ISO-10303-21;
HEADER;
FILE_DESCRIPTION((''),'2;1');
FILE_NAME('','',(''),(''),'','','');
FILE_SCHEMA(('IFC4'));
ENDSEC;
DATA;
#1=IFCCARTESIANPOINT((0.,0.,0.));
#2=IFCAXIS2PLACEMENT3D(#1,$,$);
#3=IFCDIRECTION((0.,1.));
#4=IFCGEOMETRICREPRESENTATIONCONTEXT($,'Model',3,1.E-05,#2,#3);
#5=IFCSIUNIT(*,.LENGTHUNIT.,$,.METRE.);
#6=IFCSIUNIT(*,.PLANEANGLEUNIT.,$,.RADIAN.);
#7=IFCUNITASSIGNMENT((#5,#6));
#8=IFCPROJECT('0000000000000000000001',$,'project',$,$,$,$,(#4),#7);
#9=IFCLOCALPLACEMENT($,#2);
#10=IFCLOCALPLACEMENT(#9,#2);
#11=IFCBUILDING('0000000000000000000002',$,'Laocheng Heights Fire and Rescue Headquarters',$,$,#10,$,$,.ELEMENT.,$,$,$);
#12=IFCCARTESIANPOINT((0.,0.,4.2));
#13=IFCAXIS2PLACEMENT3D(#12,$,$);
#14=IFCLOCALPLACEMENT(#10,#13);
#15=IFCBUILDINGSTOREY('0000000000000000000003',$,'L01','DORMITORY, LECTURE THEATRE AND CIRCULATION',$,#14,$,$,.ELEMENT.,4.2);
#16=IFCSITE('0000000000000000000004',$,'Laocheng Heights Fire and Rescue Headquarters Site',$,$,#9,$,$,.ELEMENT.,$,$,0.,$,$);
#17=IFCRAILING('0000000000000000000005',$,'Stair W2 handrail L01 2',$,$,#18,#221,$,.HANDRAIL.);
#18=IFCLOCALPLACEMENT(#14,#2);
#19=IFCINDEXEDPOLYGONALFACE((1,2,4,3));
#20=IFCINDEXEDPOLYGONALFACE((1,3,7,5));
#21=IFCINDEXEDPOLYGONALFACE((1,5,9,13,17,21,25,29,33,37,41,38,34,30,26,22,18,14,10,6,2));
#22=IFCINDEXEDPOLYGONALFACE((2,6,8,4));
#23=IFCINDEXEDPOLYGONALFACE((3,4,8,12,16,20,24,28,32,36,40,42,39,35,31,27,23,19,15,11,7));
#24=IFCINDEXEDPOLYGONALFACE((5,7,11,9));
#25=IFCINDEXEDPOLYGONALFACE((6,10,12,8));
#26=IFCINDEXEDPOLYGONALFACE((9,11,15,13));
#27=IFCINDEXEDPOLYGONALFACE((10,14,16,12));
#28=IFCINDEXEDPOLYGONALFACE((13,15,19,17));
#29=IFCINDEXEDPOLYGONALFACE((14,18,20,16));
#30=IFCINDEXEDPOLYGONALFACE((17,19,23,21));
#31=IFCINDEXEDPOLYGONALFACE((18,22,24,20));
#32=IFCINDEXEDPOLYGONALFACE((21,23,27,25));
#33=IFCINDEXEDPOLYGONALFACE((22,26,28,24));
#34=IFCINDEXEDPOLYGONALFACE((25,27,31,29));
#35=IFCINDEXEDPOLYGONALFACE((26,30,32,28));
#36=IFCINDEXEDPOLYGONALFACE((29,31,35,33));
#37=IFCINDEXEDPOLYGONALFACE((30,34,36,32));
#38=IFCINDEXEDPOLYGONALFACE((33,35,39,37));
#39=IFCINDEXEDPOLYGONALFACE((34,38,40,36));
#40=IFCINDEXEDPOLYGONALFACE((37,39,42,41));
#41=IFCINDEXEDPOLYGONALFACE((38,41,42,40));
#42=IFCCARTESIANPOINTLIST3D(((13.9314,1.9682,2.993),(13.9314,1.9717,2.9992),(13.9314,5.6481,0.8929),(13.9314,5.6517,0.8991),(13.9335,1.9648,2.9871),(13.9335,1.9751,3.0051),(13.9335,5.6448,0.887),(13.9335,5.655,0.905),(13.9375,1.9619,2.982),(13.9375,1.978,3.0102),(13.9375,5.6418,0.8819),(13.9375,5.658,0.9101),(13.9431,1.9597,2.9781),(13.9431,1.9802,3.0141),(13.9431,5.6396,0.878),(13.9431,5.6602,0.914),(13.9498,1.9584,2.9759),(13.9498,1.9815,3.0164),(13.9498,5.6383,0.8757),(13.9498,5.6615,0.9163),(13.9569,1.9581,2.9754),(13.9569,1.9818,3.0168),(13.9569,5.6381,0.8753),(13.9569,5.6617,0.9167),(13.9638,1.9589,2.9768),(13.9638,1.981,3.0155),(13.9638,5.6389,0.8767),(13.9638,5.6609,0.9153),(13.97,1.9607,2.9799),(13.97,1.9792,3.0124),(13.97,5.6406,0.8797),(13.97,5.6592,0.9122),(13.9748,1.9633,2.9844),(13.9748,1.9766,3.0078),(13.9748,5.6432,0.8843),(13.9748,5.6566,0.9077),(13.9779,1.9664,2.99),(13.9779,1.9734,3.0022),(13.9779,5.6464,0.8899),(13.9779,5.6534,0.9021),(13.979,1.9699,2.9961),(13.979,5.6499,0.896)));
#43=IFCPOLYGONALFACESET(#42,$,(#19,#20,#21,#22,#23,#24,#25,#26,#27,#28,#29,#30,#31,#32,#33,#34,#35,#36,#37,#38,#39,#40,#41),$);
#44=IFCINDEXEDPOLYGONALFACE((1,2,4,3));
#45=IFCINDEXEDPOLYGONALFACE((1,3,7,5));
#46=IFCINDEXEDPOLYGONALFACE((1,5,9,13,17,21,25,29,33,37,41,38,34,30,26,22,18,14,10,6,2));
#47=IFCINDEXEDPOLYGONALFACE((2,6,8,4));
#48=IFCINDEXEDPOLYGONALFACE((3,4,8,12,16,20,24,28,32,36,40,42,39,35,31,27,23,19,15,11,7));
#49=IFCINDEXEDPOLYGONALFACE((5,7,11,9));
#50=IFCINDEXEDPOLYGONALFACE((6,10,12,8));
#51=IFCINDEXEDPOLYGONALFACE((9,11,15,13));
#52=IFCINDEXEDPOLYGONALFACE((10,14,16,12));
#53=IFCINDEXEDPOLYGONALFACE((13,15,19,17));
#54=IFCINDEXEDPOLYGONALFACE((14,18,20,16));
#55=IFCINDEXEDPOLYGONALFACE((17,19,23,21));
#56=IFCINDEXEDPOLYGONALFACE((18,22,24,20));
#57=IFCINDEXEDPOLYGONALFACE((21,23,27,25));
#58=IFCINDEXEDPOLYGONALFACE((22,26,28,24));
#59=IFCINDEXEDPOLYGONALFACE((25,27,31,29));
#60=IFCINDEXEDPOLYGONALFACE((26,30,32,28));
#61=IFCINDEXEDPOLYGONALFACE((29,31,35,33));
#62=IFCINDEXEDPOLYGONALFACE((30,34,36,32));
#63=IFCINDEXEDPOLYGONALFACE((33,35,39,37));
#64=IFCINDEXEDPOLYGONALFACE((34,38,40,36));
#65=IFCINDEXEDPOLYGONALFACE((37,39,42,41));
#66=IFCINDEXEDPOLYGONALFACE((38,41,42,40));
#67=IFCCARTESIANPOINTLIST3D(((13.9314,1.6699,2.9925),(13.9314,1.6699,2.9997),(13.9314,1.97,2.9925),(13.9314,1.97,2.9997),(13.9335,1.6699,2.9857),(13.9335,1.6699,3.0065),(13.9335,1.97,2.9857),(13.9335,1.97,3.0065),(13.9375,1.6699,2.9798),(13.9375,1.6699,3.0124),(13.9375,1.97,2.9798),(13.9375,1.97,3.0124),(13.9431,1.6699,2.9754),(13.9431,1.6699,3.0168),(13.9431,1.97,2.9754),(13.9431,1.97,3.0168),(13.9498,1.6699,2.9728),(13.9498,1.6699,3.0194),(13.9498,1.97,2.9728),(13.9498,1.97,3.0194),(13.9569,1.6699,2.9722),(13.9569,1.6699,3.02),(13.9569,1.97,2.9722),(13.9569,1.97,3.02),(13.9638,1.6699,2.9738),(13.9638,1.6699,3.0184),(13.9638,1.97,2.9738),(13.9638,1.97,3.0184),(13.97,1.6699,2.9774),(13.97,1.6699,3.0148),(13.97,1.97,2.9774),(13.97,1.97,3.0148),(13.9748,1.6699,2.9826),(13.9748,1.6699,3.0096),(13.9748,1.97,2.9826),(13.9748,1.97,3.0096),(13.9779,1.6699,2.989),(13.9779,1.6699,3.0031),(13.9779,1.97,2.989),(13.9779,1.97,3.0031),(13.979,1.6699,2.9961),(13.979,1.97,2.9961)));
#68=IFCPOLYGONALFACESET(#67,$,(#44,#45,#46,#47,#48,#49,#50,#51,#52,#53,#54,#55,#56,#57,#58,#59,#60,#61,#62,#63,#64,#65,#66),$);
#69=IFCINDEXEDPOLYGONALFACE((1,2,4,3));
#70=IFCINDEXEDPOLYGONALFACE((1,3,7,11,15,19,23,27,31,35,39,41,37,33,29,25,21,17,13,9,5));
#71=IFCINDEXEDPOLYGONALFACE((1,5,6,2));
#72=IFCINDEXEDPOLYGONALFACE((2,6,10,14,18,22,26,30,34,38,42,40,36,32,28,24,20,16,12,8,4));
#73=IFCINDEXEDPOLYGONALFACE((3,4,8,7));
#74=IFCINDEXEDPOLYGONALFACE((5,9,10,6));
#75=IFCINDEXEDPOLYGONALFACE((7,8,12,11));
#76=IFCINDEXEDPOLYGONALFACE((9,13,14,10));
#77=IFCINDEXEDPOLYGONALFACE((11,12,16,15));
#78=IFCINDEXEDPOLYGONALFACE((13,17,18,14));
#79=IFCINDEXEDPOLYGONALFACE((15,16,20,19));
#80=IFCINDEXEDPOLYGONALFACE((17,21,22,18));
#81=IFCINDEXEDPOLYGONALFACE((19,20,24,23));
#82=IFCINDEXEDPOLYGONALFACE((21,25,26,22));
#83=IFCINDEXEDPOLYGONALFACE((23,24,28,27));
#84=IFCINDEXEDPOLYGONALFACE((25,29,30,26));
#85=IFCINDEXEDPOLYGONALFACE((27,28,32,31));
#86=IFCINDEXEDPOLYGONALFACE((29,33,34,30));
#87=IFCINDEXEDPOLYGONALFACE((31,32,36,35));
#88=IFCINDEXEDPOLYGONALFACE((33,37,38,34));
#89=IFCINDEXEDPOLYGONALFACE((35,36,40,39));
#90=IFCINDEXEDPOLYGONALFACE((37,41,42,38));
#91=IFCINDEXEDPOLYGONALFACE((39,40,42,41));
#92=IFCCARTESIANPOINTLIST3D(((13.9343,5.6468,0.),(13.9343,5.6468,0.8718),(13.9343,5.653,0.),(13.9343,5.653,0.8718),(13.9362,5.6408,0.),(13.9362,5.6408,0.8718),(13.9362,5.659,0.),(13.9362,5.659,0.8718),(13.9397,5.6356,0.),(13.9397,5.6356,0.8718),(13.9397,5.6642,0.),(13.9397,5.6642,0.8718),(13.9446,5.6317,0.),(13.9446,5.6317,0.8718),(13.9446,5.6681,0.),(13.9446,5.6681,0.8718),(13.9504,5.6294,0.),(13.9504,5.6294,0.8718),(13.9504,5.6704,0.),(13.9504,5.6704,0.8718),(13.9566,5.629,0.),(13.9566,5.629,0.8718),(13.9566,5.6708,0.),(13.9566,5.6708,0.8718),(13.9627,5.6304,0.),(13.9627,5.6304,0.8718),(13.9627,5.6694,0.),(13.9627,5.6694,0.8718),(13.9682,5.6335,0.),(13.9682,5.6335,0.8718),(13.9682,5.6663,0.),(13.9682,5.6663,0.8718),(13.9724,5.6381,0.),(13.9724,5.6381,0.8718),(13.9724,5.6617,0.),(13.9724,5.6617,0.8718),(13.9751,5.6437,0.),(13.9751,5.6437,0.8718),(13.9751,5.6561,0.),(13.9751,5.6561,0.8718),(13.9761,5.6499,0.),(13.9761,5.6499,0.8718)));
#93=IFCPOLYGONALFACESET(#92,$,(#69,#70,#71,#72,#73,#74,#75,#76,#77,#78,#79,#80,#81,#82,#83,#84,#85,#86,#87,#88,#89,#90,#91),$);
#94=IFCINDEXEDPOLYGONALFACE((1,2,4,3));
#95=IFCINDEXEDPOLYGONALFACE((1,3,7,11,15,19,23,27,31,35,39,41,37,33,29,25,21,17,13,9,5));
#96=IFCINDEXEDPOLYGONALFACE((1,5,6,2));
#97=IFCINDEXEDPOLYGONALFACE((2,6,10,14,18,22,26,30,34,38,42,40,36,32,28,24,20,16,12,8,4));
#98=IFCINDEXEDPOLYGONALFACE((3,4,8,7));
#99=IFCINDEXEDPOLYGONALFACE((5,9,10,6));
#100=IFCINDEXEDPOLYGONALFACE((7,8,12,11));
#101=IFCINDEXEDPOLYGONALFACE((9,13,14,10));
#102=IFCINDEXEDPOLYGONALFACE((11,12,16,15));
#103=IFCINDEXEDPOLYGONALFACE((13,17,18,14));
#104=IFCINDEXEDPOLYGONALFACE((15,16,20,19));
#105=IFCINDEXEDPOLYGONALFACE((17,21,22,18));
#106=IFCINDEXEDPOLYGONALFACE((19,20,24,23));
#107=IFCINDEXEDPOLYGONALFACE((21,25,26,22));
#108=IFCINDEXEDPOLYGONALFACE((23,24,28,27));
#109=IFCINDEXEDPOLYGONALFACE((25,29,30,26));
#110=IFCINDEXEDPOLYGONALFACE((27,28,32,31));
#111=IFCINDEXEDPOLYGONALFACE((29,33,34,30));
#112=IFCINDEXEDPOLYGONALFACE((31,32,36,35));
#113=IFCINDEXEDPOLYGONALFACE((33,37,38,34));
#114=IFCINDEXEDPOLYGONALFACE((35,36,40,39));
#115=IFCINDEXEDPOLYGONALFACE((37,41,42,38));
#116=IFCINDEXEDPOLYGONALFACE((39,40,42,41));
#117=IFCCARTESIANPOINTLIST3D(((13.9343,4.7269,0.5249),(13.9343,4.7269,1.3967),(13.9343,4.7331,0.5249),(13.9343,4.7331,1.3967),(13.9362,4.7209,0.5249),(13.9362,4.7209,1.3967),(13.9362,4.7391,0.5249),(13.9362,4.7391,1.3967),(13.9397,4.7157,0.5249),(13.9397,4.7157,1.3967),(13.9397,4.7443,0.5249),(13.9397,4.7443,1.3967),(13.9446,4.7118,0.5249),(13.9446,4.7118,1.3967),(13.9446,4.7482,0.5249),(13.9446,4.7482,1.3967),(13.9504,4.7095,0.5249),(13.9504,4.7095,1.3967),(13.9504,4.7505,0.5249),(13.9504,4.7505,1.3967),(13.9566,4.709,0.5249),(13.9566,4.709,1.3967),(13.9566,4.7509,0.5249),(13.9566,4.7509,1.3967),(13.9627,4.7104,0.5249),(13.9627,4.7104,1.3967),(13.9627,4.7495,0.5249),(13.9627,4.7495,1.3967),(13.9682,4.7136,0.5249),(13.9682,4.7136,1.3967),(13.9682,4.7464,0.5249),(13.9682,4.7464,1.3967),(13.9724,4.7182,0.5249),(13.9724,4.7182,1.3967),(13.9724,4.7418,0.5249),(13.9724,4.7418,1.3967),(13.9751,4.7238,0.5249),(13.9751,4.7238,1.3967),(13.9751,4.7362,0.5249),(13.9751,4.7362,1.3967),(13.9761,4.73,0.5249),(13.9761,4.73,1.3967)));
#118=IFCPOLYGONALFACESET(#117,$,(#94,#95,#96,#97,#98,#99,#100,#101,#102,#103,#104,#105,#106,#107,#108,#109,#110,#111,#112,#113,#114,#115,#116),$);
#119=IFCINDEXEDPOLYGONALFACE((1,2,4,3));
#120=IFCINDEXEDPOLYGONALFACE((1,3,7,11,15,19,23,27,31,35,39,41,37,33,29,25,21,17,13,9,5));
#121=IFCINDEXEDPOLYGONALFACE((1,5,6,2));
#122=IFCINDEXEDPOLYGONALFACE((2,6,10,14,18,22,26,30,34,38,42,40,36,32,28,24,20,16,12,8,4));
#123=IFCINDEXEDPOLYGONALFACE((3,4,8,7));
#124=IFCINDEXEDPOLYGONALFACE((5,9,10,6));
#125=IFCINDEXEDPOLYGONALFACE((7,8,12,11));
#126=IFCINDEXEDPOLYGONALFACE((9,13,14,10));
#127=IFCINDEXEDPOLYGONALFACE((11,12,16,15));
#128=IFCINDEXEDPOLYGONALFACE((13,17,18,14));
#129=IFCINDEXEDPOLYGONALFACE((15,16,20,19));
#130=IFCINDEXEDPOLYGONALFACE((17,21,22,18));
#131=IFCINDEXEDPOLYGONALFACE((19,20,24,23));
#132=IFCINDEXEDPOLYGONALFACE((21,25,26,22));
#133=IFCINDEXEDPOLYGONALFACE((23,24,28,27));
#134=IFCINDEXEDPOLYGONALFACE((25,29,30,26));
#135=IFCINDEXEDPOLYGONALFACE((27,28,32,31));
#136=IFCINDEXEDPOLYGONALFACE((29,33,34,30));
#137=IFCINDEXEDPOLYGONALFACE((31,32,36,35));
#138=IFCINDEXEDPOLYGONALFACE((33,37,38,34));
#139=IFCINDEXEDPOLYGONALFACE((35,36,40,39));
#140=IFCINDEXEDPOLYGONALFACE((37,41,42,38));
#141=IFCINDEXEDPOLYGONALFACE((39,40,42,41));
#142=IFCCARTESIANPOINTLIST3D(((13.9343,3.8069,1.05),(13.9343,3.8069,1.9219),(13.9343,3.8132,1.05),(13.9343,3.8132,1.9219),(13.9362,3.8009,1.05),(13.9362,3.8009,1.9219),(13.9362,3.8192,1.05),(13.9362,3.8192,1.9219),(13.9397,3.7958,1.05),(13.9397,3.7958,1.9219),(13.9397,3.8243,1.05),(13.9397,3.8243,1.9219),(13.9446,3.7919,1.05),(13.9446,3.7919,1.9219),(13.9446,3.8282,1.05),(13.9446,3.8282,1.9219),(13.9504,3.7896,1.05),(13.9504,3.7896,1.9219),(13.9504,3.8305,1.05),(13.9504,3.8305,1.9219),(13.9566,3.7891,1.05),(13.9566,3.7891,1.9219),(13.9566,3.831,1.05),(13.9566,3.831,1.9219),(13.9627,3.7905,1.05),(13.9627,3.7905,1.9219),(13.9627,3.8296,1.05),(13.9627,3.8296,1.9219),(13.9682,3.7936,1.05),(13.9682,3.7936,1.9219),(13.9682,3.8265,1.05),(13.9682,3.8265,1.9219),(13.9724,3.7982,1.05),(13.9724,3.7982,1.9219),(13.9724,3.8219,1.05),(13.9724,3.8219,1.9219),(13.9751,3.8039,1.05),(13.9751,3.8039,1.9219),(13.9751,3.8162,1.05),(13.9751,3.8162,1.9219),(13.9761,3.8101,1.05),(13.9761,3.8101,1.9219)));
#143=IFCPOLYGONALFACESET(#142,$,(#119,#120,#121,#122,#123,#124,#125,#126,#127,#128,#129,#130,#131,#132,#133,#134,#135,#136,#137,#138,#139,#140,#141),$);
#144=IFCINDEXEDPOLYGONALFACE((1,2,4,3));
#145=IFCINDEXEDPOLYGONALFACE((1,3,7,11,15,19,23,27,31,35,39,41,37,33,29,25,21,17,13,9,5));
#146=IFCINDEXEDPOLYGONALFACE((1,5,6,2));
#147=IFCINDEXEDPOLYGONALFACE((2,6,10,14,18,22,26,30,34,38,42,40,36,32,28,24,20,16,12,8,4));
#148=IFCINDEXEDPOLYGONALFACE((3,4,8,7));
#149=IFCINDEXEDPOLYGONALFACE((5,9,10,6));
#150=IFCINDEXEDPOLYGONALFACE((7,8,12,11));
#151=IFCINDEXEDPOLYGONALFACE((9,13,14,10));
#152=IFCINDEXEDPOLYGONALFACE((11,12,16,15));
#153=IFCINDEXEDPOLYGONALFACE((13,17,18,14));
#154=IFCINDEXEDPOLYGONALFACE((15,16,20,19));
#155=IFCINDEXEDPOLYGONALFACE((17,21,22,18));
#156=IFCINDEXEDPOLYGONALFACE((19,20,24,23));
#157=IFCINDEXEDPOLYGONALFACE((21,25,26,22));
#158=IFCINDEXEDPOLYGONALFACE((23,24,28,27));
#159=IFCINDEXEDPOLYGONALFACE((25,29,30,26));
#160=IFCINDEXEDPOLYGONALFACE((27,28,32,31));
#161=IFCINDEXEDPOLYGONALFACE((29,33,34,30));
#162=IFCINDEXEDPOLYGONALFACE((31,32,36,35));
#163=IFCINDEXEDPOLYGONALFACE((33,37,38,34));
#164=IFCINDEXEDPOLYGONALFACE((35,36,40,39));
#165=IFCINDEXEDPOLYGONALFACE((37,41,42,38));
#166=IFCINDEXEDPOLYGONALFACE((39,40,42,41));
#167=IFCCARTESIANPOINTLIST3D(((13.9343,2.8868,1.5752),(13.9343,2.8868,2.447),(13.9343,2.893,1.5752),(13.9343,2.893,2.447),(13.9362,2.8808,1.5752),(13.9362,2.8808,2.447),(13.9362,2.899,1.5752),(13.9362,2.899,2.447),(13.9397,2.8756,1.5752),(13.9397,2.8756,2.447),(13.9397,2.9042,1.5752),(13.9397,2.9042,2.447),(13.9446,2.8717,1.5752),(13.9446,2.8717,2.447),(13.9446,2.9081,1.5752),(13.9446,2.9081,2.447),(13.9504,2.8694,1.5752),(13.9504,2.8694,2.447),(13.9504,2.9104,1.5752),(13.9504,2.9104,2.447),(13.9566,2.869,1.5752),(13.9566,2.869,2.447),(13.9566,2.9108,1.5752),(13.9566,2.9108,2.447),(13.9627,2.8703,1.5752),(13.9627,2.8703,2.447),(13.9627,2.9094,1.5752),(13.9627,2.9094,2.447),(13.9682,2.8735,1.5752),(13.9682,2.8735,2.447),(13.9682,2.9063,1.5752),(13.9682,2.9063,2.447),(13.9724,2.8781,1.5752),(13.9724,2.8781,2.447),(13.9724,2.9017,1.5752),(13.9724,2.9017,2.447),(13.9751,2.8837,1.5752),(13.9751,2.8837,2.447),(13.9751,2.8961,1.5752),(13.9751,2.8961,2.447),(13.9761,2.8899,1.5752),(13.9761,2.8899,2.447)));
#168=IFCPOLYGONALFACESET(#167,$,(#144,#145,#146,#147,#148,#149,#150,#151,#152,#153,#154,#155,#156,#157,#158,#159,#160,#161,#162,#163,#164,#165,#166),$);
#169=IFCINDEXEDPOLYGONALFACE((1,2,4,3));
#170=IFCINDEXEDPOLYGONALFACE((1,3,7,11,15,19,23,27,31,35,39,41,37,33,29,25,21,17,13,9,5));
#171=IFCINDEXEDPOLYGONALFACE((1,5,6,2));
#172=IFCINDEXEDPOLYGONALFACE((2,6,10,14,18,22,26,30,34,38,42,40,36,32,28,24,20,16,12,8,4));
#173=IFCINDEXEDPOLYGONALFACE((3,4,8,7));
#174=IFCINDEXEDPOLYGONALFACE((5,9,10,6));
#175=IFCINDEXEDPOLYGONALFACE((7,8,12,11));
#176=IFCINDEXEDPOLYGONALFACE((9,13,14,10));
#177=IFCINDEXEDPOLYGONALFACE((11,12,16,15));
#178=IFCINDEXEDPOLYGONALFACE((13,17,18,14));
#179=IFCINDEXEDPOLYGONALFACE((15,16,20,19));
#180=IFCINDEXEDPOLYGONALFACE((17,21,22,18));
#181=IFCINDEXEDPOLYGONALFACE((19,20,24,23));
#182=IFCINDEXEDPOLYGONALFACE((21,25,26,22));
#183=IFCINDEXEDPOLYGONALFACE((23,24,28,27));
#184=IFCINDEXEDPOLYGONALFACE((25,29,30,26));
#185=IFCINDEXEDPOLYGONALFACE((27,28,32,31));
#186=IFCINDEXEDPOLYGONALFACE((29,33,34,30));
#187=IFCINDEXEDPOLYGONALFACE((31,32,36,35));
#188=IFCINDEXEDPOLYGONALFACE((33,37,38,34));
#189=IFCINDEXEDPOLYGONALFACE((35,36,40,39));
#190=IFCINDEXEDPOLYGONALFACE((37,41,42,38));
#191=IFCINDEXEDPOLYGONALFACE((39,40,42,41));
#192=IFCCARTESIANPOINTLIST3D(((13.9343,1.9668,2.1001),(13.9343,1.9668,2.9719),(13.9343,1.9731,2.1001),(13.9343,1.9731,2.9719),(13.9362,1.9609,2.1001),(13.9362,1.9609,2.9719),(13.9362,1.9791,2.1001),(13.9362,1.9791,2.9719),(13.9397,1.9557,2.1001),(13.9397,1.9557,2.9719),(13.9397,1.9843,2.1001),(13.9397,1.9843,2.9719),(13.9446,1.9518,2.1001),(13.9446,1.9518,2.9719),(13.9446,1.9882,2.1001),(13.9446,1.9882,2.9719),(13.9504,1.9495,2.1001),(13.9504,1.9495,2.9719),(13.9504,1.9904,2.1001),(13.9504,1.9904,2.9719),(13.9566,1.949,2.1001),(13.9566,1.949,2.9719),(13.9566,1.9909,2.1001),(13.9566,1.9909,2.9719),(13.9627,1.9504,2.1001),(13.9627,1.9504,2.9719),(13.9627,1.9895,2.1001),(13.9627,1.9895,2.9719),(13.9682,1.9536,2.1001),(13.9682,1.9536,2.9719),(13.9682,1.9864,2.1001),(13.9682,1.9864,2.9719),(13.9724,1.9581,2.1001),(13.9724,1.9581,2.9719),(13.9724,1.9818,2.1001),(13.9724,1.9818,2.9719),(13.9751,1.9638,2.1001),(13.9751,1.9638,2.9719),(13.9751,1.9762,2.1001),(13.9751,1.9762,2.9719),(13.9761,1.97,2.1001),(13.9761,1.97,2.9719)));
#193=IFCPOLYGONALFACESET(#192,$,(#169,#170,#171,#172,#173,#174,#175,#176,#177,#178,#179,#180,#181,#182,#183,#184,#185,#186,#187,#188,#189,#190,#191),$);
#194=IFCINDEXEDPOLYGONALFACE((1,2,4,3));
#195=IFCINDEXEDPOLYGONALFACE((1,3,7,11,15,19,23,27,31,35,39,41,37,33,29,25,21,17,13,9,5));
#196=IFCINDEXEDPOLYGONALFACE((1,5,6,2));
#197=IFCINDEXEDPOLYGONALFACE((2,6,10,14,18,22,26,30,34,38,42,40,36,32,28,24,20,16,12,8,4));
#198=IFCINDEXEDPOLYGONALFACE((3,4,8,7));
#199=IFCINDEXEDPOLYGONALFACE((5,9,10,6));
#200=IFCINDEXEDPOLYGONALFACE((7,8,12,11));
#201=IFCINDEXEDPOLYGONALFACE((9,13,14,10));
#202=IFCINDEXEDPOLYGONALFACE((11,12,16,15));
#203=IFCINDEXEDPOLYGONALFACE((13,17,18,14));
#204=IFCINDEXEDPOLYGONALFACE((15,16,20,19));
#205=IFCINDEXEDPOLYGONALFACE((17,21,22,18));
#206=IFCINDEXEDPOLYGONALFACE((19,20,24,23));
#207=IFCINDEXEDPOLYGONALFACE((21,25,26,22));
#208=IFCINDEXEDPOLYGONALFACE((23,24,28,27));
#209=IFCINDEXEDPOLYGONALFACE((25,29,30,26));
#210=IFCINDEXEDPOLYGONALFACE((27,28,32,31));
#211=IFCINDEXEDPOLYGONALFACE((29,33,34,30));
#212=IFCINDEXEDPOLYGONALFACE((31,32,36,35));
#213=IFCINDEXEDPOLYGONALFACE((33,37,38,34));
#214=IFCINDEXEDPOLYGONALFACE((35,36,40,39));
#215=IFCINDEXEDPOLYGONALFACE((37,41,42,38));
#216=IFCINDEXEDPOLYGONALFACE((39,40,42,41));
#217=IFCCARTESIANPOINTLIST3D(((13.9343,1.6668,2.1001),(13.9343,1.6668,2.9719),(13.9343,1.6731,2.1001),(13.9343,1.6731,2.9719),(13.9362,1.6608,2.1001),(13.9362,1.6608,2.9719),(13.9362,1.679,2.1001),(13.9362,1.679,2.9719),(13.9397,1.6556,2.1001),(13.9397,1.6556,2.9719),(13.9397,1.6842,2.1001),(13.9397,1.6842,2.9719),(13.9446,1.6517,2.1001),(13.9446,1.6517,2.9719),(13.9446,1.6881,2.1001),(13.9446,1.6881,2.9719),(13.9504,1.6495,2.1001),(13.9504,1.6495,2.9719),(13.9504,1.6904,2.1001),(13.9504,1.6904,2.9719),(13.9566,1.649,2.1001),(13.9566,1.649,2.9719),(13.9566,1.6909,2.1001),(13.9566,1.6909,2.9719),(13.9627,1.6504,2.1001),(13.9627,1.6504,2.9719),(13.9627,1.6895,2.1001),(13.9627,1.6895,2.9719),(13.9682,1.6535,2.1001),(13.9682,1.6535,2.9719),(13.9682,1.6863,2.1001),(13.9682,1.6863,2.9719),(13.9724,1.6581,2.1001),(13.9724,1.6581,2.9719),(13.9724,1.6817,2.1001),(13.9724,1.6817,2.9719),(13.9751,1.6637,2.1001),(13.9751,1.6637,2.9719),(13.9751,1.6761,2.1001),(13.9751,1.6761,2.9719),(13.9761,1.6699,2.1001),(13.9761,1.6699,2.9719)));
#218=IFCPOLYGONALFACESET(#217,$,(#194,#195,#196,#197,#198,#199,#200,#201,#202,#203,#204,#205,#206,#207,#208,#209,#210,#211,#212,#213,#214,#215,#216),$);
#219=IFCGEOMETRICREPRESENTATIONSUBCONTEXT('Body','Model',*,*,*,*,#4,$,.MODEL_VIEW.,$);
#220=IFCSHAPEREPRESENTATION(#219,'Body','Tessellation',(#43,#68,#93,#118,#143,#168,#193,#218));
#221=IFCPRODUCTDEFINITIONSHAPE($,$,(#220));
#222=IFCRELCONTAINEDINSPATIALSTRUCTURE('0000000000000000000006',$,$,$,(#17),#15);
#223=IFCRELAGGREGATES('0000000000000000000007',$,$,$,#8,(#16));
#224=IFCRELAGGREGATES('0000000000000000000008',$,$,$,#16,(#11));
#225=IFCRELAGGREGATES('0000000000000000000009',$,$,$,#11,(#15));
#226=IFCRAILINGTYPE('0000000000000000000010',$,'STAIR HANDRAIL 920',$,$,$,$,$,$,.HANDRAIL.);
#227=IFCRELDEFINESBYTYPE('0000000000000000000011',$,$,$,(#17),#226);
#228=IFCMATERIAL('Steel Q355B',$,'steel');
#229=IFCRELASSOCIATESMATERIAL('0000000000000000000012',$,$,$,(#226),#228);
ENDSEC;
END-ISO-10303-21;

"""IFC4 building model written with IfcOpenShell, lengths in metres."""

from ifc_helpers import new_model, si_unit, direction, frame, origin, origin_2d, place, context, subcontext, project, spatial, circle, extrude, material, type_object, element, save


model = new_model("IFC4")

# Units and contexts
model_context = context("Model", 3, precision=1e-05, world=origin(), true_north=direction((0.0, 1.0)))
body_context = subcontext(model_context, "Body", "Model", "MODEL_VIEW")
ifc_project = project(units=[si_unit("LENGTHUNIT", "METRE"), si_unit("PLANEANGLEUNIT", "RADIAN")], contexts=[model_context])

# Site, building, storey
site_placement = place(None, origin())
site = spatial("IfcSite", under=ifc_project, at=site_placement, Name="Laocheng Heights Fire and Rescue Headquarters Site", CompositionType="ELEMENT", RefElevation=0.0)
building_placement = place(site_placement, origin())
building = spatial("IfcBuilding", under=site, at=building_placement, Name="Laocheng Heights Fire and Rescue Headquarters", CompositionType="ELEMENT")
storey_placement = place(building_placement, frame((0.0, 0.0, 4.2)))
storey = spatial("IfcBuildingStorey", under=building, at=storey_placement, Name="L01", Description="DORMITORY, LECTURE THEATRE AND CIRCULATION", CompositionType="ELEMENT", Elevation=4.2)

# Railing
ifc_material_1 = material(Name="Steel Q355B", Category="steel")
railing_type_1 = type_object("IfcRailingType", Name="STAIR HANDRAIL 920", PredefinedType="HANDRAIL", material=ifc_material_1)
railing_1_placement = place(storey_placement, frame((13.9551, 5.6499, 0.0)))
element("IfcRailing", 1, at=railing_1_placement, inside=storey, type_object=railing_type_1, Name="Stair W2 handrail L01 2", PredefinedType="HANDRAIL", context=body_context, shape_type="SweptSolid", body=[
    extrude(circle(Radius=0.0239, at=origin_2d()), frame((0.0, 0.0, 0.896), z_axis=(0.0, -0.86852, 0.495655), x_axis=(1.0, 0.0, 0.0)), (0.0, 0.0, 1.0), 4.2371),
    extrude(circle(Radius=0.0239, at=origin_2d()), frame((0.0, -3.6799, 2.9961), z_axis=(0.0, -1.0, 0.0), x_axis=(1.0, 0.0, 0.0)), (0.0, 0.0, 1.0), 0.3),
    extrude(circle(Radius=0.021, at=origin_2d()), origin(), (0.0, 0.0, 1.0), 0.8718),
    extrude(circle(Radius=0.021, at=origin_2d()), frame((0.0, -0.9199, 0.5249)), (0.0, 0.0, 1.0), 0.8718),
    extrude(circle(Radius=0.021, at=origin_2d()), frame((0.0, -1.8398, 1.05)), (0.0, 0.0, 1.0), 0.8718),
    extrude(circle(Radius=0.021, at=origin_2d()), frame((0.0, -2.76, 1.5752)), (0.0, 0.0, 1.0), 0.8718),
    extrude(circle(Radius=0.021, at=origin_2d()), frame((0.0, -3.6799, 2.1001)), (0.0, 0.0, 1.0), 0.8718),
    extrude(circle(Radius=0.021, at=origin_2d()), frame((0.0, -3.98, 2.1001)), (0.0, 0.0, 1.0), 0.8718),
])

save(model, "model.ifc")
